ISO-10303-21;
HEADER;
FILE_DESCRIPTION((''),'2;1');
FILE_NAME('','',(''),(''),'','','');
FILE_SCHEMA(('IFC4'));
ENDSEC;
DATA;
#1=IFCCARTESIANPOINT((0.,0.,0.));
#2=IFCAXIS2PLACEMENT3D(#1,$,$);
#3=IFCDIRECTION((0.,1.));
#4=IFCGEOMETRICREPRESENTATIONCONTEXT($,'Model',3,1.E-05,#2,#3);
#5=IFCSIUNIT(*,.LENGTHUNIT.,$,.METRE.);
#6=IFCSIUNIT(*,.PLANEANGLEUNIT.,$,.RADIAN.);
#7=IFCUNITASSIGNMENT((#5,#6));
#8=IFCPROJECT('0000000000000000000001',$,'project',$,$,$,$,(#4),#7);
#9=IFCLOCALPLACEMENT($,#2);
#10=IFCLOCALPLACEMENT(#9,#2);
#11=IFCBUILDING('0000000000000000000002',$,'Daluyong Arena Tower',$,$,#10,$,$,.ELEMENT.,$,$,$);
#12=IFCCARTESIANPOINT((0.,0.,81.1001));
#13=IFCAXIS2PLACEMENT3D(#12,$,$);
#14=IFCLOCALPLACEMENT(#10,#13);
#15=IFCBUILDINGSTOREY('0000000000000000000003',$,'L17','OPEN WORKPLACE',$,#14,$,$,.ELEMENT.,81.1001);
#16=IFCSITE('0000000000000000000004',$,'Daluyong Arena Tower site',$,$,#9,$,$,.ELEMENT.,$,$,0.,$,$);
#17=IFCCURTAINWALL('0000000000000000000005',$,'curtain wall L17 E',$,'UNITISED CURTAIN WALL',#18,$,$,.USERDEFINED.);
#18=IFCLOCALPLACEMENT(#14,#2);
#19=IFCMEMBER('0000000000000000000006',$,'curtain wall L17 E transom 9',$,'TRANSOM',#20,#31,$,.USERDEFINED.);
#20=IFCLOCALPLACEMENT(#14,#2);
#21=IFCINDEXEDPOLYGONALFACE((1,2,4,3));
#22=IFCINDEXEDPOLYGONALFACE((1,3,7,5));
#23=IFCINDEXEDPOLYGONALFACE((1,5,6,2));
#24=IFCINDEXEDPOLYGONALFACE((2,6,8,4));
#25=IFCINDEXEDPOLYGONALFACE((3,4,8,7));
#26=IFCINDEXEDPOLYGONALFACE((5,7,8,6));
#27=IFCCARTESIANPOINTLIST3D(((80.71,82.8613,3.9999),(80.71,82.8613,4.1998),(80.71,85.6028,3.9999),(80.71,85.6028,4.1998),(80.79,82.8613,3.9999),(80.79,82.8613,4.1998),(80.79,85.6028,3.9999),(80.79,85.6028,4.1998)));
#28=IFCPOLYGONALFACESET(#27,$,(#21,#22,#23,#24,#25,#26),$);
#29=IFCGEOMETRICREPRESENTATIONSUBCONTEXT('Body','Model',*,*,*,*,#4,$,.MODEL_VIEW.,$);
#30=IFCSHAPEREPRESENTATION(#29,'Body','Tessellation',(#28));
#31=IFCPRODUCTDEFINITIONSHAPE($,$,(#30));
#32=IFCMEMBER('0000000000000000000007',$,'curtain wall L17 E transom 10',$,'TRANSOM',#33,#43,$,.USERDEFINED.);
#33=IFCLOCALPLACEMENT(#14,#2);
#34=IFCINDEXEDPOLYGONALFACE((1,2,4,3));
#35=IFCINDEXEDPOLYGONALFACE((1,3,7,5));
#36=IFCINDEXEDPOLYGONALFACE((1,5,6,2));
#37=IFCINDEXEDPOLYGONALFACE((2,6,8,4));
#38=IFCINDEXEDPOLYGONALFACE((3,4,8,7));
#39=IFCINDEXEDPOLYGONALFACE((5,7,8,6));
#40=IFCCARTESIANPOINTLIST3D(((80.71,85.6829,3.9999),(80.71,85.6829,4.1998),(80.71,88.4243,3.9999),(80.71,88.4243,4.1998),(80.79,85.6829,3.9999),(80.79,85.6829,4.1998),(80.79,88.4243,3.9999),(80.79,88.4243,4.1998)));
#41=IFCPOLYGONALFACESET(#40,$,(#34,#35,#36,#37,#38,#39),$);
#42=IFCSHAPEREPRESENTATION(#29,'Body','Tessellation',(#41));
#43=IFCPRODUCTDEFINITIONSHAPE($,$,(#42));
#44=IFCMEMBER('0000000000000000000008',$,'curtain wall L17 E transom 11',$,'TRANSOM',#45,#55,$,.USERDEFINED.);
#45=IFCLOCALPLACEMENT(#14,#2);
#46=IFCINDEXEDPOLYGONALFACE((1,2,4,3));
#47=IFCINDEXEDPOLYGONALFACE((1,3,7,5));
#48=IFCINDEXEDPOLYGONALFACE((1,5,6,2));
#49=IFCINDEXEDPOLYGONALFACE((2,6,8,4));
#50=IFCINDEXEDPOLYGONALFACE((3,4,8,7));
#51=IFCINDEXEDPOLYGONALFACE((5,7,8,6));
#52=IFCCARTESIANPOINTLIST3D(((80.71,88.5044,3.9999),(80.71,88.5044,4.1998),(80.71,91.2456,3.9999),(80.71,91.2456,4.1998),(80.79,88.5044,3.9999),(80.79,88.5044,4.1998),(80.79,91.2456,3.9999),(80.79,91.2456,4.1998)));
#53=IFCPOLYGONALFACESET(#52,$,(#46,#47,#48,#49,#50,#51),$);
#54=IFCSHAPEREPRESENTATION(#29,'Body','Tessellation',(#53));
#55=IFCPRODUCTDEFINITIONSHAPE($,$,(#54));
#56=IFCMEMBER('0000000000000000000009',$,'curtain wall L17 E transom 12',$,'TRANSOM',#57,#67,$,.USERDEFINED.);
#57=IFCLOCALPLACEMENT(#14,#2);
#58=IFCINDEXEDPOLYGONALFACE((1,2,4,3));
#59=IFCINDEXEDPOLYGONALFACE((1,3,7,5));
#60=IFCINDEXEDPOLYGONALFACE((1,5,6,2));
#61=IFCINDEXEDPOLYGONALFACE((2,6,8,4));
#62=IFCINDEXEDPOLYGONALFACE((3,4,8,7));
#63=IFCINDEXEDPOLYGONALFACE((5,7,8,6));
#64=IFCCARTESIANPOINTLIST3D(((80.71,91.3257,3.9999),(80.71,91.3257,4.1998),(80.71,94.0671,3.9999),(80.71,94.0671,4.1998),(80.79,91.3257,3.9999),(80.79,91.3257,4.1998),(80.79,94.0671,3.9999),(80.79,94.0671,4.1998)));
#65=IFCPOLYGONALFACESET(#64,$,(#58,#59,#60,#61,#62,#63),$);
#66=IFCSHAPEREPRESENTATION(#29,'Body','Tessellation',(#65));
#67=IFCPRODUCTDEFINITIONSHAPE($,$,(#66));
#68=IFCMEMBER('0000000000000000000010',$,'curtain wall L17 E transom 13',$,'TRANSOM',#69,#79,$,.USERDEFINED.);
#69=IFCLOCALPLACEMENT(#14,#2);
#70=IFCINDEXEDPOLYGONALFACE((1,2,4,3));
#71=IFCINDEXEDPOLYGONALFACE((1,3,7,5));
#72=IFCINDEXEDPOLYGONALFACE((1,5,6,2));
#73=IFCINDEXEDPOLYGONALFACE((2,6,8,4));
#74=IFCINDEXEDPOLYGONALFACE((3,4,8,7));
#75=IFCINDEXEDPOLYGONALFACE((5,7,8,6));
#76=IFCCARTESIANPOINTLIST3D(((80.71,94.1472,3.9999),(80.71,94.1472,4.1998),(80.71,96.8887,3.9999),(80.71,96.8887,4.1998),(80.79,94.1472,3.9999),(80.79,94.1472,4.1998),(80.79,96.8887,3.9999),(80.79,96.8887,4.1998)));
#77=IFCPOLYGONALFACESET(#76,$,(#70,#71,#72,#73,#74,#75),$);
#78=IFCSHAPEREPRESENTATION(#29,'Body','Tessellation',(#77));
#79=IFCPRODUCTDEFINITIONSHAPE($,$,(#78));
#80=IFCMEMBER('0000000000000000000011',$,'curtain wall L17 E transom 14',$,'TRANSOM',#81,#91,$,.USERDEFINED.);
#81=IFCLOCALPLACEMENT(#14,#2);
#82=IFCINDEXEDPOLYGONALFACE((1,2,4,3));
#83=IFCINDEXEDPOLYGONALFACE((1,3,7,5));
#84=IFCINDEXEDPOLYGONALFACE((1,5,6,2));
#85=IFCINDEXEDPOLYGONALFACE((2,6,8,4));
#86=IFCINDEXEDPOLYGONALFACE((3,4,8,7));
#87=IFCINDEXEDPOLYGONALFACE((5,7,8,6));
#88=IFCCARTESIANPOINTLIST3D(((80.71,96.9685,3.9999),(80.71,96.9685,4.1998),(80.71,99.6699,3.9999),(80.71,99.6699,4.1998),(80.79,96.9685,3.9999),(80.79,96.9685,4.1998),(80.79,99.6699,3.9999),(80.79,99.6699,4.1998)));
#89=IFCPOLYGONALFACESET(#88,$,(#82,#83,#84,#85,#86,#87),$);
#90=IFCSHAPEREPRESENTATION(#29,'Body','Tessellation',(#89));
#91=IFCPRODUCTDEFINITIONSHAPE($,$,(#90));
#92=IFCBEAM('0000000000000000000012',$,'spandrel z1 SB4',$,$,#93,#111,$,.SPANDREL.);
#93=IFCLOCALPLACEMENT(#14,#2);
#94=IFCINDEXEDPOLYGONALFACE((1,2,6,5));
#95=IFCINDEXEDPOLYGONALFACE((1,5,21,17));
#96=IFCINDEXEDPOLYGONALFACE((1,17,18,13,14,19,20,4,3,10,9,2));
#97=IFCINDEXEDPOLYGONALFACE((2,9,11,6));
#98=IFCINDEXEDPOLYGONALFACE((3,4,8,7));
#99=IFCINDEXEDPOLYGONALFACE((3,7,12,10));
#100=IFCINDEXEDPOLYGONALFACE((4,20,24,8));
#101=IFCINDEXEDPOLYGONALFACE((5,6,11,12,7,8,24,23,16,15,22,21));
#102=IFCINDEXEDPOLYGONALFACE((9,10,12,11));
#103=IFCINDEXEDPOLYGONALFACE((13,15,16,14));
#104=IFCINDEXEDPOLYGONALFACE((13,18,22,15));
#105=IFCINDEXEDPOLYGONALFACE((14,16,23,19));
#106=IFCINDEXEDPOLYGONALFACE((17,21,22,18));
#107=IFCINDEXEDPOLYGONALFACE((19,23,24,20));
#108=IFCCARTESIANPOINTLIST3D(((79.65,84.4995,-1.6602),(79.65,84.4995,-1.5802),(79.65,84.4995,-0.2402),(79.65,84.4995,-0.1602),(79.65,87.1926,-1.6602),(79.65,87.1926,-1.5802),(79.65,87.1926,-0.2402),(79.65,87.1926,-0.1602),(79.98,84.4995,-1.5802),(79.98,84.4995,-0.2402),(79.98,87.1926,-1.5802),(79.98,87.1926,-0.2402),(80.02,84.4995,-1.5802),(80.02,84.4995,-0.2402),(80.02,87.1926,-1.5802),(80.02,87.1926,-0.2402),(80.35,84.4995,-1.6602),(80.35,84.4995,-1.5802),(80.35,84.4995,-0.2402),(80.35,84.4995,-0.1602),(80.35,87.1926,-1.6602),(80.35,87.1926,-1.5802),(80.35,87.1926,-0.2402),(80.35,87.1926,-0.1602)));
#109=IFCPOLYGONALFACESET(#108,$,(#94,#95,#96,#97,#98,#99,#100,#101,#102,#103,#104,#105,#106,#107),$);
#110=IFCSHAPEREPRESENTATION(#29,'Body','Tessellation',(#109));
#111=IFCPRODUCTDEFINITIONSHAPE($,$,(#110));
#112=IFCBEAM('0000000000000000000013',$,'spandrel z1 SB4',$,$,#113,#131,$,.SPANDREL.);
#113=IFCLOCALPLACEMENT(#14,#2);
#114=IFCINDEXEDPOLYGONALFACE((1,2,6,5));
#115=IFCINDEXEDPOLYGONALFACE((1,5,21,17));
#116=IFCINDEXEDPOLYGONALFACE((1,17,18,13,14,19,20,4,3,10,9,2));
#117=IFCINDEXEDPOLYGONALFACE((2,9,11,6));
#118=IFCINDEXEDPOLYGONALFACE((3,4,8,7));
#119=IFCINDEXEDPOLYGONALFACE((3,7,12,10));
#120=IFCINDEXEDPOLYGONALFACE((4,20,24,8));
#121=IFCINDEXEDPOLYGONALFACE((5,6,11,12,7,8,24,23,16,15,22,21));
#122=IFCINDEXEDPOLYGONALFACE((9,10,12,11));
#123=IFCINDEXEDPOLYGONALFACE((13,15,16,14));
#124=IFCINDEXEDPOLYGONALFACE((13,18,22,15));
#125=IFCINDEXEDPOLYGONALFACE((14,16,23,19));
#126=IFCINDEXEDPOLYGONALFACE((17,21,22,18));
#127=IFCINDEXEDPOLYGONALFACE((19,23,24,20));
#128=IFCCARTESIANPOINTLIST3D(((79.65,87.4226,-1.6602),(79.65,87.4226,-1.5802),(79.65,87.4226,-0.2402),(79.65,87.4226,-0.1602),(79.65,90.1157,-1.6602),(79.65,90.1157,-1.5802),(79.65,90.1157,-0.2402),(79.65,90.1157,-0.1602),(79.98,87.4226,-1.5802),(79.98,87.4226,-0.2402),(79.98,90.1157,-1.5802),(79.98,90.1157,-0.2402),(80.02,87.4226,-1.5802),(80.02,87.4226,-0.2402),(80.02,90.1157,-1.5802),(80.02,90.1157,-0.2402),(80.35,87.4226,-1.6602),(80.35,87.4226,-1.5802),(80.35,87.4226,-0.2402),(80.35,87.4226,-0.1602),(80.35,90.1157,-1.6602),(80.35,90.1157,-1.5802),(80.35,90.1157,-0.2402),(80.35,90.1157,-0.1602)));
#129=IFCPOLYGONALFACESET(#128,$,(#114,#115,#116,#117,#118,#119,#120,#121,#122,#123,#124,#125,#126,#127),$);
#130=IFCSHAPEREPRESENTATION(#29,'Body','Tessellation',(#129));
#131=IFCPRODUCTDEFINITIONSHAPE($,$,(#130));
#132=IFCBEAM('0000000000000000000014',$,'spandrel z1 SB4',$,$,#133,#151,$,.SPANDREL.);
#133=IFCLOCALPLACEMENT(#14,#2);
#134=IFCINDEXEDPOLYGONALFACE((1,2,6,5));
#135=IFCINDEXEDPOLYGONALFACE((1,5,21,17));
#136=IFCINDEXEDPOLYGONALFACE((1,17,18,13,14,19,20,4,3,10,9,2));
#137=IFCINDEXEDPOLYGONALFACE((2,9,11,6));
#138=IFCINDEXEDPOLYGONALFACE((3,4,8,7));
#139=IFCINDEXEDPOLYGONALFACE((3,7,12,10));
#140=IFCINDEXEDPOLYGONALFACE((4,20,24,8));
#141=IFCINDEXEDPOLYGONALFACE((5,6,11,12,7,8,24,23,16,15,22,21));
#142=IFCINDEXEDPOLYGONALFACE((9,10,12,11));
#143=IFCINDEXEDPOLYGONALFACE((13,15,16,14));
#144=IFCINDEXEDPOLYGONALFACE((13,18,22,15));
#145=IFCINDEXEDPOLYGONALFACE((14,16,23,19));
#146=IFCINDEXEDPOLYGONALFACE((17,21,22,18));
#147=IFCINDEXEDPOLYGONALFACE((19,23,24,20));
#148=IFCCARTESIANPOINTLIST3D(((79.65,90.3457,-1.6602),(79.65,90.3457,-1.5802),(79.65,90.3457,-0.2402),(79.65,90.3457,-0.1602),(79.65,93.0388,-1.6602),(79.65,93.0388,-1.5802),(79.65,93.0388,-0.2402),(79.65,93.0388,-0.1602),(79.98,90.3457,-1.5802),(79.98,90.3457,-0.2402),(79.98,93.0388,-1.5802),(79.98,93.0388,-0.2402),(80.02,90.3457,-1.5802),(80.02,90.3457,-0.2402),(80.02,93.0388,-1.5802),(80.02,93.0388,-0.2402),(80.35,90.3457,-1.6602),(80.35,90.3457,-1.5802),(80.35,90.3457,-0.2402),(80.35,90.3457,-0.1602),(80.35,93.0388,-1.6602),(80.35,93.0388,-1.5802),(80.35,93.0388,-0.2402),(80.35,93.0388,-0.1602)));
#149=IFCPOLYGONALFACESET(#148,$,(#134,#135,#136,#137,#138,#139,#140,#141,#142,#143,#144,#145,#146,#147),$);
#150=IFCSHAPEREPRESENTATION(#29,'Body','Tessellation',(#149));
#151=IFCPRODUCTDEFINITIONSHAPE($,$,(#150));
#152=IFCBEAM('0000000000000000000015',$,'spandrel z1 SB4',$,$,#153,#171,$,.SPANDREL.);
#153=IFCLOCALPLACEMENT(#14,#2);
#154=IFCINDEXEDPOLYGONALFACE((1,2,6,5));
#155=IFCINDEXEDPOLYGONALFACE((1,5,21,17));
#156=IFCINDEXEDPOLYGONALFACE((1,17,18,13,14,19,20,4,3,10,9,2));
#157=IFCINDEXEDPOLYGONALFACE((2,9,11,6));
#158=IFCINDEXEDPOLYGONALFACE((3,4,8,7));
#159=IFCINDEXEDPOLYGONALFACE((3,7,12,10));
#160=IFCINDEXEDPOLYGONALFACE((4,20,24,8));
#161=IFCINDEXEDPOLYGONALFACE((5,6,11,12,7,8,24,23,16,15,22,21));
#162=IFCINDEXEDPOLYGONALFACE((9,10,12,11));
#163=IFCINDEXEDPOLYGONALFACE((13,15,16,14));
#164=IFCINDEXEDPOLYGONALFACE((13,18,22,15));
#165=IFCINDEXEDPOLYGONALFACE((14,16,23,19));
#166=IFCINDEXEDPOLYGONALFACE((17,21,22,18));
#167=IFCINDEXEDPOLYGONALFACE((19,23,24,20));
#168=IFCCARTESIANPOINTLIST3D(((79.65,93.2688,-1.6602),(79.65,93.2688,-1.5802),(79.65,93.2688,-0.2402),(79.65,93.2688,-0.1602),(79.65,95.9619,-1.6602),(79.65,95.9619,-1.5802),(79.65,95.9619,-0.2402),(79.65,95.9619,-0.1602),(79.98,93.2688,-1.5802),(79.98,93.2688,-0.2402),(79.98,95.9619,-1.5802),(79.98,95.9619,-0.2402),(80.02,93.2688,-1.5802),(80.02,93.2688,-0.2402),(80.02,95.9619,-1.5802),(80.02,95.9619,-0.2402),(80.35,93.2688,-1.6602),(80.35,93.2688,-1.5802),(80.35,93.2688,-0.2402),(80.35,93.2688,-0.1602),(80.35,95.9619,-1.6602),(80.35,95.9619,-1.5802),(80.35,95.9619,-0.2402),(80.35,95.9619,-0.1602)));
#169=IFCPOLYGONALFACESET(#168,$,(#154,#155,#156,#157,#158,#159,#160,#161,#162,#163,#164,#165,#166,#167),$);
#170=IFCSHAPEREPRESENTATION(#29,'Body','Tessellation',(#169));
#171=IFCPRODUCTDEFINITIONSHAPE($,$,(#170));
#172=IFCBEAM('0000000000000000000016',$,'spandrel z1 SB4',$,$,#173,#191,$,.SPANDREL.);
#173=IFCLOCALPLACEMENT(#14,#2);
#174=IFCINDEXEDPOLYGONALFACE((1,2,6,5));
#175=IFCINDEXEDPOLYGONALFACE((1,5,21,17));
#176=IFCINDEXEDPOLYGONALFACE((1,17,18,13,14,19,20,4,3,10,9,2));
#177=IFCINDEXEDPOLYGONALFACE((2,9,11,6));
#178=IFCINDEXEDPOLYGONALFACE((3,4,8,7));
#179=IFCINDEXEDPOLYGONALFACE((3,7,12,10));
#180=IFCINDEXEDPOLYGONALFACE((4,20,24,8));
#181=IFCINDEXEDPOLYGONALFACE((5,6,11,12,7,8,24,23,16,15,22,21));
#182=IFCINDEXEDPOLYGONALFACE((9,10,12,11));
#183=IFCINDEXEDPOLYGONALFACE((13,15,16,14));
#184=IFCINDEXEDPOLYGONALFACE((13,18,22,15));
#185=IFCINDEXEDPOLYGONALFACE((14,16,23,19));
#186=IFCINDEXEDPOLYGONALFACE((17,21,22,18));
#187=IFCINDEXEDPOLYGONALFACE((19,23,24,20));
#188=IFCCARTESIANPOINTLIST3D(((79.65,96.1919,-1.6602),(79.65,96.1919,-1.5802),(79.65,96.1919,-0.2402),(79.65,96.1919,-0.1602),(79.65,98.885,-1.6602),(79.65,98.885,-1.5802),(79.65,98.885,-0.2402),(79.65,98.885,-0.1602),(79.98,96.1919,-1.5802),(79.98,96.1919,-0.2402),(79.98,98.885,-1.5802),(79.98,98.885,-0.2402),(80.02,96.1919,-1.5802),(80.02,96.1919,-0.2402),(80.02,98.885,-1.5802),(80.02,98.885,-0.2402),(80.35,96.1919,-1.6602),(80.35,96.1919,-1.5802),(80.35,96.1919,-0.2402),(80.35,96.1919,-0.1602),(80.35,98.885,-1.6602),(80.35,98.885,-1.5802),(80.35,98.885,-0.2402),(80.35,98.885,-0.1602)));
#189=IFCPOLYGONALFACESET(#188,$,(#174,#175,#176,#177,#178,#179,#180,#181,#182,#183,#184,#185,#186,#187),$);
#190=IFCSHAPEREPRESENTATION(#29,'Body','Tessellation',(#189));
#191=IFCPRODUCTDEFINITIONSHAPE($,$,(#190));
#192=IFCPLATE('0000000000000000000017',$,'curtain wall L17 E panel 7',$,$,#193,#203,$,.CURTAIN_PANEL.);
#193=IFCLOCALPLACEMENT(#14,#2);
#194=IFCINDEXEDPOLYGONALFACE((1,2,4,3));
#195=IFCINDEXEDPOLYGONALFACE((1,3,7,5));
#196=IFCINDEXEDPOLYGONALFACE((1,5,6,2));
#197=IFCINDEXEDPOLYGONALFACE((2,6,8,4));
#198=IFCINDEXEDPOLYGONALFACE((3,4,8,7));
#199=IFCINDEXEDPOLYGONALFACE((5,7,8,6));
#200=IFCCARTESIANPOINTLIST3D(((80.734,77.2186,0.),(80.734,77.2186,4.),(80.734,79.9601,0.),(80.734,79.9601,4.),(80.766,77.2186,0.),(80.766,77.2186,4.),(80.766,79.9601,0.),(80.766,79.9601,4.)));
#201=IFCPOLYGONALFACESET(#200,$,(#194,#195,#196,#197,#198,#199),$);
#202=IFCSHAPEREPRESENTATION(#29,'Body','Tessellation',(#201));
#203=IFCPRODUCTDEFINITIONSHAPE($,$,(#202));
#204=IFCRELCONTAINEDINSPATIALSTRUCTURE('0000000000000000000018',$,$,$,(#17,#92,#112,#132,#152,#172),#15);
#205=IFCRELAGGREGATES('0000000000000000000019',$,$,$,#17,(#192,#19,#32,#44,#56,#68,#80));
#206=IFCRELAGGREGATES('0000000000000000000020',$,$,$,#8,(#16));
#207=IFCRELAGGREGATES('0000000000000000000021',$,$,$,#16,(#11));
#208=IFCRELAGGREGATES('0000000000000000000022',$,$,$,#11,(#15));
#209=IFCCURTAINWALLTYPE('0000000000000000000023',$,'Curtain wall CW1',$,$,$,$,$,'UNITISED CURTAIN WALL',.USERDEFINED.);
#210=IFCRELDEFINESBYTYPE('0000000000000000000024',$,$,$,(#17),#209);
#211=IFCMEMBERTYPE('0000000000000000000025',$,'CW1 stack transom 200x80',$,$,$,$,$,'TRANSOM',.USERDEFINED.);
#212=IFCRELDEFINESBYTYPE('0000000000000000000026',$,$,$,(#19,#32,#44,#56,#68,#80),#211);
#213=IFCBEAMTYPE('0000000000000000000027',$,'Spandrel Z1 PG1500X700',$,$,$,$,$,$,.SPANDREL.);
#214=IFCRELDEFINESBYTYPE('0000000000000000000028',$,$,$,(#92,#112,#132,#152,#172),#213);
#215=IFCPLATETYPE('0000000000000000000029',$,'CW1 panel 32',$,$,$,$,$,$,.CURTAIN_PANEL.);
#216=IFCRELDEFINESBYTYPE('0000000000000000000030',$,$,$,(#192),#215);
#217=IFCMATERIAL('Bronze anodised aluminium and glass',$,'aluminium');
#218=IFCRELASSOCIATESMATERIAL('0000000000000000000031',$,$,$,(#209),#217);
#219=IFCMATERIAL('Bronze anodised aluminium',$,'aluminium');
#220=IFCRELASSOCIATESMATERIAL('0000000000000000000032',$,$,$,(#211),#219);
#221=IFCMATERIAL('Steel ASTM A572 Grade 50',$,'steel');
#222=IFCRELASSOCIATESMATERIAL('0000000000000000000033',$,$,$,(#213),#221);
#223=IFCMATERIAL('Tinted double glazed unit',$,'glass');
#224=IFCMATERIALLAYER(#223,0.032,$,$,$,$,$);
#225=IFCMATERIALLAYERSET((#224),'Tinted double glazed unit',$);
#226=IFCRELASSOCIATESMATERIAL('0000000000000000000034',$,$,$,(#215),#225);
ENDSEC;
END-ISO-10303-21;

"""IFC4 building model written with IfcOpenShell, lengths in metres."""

from ifc_helpers import new_model, si_unit, direction, frame, origin, origin_2d, place, context, subcontext, project, spatial, rectangle, i_section, extrude, material, layer, layer_set, material_profile, profile_set, type_object, element, aggregate, save


model = new_model("IFC4")

# Units and contexts
model_context = context("Model", 3, precision=1e-05, world=origin(), true_north=direction((0.0, 1.0)))
body_context = subcontext(model_context, "Body", "Model", "MODEL_VIEW")
ifc_project = project(units=[si_unit("LENGTHUNIT", "METRE"), si_unit("PLANEANGLEUNIT", "RADIAN")], contexts=[model_context])

# Site, building, storey
site_placement = place(None, origin())
site = spatial("IfcSite", under=ifc_project, at=site_placement, Name="Daluyong Arena Tower site", CompositionType="ELEMENT", RefElevation=0.0)
building_placement = place(site_placement, origin())
building = spatial("IfcBuilding", under=site, at=building_placement, Name="Daluyong Arena Tower", CompositionType="ELEMENT")
storey_placement = place(building_placement, frame((0.0, 0.0, 81.1001)))
storey = spatial("IfcBuildingStorey", under=building, at=storey_placement, Name="L17", Description="OPEN WORKPLACE", CompositionType="ELEMENT", Elevation=81.1001)

# Curtain wall, members
ifc_material_1 = material(Name="Bronze anodised aluminium and glass", Category="aluminium")
curtain_wall_type = type_object("IfcCurtainWallType", Name="Curtain wall CW1", ElementType="UNITISED CURTAIN WALL", PredefinedType="USERDEFINED", material=ifc_material_1)
curtain_wall_placement = place(storey_placement, origin())
curtain_wall = element("IfcCurtainWall", 1, at=curtain_wall_placement, inside=storey, type_object=curtain_wall_type, Name="curtain wall L17 E", ObjectType="UNITISED CURTAIN WALL", PredefinedType="USERDEFINED")
ifc_material_2 = material(Name="Bronze anodised aluminium", Category="aluminium")
ifc_material_profile_1 = material_profile(ifc_material_2, rectangle(XDim=0.0801, YDim=0.2, at=origin_2d()))
ifc_profile_set_1 = profile_set([ifc_material_profile_1], Name="Bronze anodised aluminium")
member_type_1 = type_object("IfcMemberType", Name="CW1 stack transom 200x80", ElementType="TRANSOM", PredefinedType="USERDEFINED", material=ifc_profile_set_1)
member_1_placement = place(storey_placement, frame((80.75, 82.8613, 4.0999), z_axis=(0.0, 1.0, 0.0), x_axis=(-1.0, 0.0, 0.0)))
member_1 = element("IfcMember", 2, at=member_1_placement, type_object=member_type_1, Name="curtain wall L17 E transom 9", ObjectType="TRANSOM", PredefinedType="USERDEFINED", context=body_context, shape_type="SweptSolid", body=[
    extrude(rectangle(XDim=0.0801, YDim=0.2, at=origin_2d()), origin(), (0.0, 0.0, 1.0), 2.7415),
])
member_2_placement = place(storey_placement, frame((80.75, 85.6829, 4.0999), z_axis=(0.0, 1.0, 0.0), x_axis=(-1.0, 0.0, 0.0)))
member_2 = element("IfcMember", 3, at=member_2_placement, type_object=member_type_1, Name="curtain wall L17 E transom 10", ObjectType="TRANSOM", PredefinedType="USERDEFINED", context=body_context, shape_type="SweptSolid", body=[
    extrude(rectangle(XDim=0.0801, YDim=0.2, at=origin_2d()), origin(), (0.0, 0.0, 1.0), 2.7415),
])
member_3_placement = place(storey_placement, frame((80.75, 88.5044, 4.0999), z_axis=(0.0, 1.0, 0.0), x_axis=(-1.0, 0.0, 0.0)))
member_3 = element("IfcMember", 4, at=member_3_placement, type_object=member_type_1, Name="curtain wall L17 E transom 11", ObjectType="TRANSOM", PredefinedType="USERDEFINED", context=body_context, shape_type="SweptSolid", body=[
    extrude(rectangle(XDim=0.0801, YDim=0.2, at=origin_2d()), origin(), (0.0, 0.0, 1.0), 2.7412),
])
member_4_placement = place(storey_placement, frame((80.75, 91.3257, 4.0999), z_axis=(0.0, 1.0, 0.0), x_axis=(-1.0, 0.0, 0.0)))
member_4 = element("IfcMember", 5, at=member_4_placement, type_object=member_type_1, Name="curtain wall L17 E transom 12", ObjectType="TRANSOM", PredefinedType="USERDEFINED", context=body_context, shape_type="SweptSolid", body=[
    extrude(rectangle(XDim=0.0801, YDim=0.2, at=origin_2d()), origin(), (0.0, 0.0, 1.0), 2.7415),
])
member_5_placement = place(storey_placement, frame((80.75, 94.1472, 4.0999), z_axis=(0.0, 1.0, 0.0), x_axis=(-1.0, 0.0, 0.0)))
member_5 = element("IfcMember", 6, at=member_5_placement, type_object=member_type_1, Name="curtain wall L17 E transom 13", ObjectType="TRANSOM", PredefinedType="USERDEFINED", context=body_context, shape_type="SweptSolid", body=[
    extrude(rectangle(XDim=0.0801, YDim=0.2, at=origin_2d()), origin(), (0.0, 0.0, 1.0), 2.7415),
])
member_6_placement = place(storey_placement, frame((80.75, 96.9685, 4.0999), z_axis=(0.0, 1.0, 0.0), x_axis=(-1.0, 0.0, 0.0)))
member_6 = element("IfcMember", 7, at=member_6_placement, type_object=member_type_1, Name="curtain wall L17 E transom 14", ObjectType="TRANSOM", PredefinedType="USERDEFINED", context=body_context, shape_type="SweptSolid", body=[
    extrude(rectangle(XDim=0.0801, YDim=0.2, at=origin_2d()), origin(), (0.0, 0.0, 1.0), 2.7014),
])

# Beams
ifc_material_3 = material(Name="Steel ASTM A572 Grade 50", Category="steel")
ifc_material_profile_2 = material_profile(ifc_material_3, i_section(OverallWidth=0.7, OverallDepth=1.5, WebThickness=0.04, FlangeThickness=0.08, at=origin_2d()))
ifc_profile_set_2 = profile_set([ifc_material_profile_2], Name="Steel ASTM A572 Grade 50")
beam_type = type_object("IfcBeamType", Name="Spandrel Z1 PG1500X700", PredefinedType="SPANDREL", material=ifc_profile_set_2)
for number, where, z_axis, x_axis, name in (
    (8, (80.0, 84.4995, -0.9102), (0.0, 1.0, 0.0), (-1.0, 0.0, 0.0), "spandrel z1 SB4"),
    (9, (80.0, 87.4226, -0.9102), (0.0, 1.0, 0.0), (-1.0, 0.0, 0.0), "spandrel z1 SB4"),
    (10, (80.0, 90.3457, -0.9102), (0.0, 1.0, 0.0), (-1.0, 0.0, 0.0), "spandrel z1 SB4"),
    (11, (80.0, 93.2688, -0.9102), (0.0, 1.0, 0.0), (-1.0, 0.0, 0.0), "spandrel z1 SB4"),
    (12, (80.0, 96.1919, -0.9102), (0.0, 1.0, 0.0), (-1.0, 0.0, 0.0), "spandrel z1 SB4"),
):
    element("IfcBeam", number, at=place(storey_placement, frame(where, z_axis=z_axis, x_axis=x_axis)), inside=storey, type_object=beam_type, Name=name, PredefinedType="SPANDREL", context=body_context, shape_type="SweptSolid", body=[
        extrude(i_section(OverallWidth=0.7, OverallDepth=1.5, WebThickness=0.04, FlangeThickness=0.08, at=origin_2d()), origin(), (0.0, 0.0, 1.0), 2.6931),
    ])

# Plate
ifc_material_4 = material(Name="Tinted double glazed unit", Category="glass")
ifc_layer = layer(ifc_material_4, 0.032)
ifc_layer_set = layer_set([ifc_layer], Name="Tinted double glazed unit")
plate_type = type_object("IfcPlateType", Name="CW1 panel 32", PredefinedType="CURTAIN_PANEL", material=ifc_layer_set)
plate_1_placement = place(storey_placement, frame((80.75, 78.5894, 0.0), z_axis=(0.0, 0.0, 1.0), x_axis=(0.0, 1.0, 0.0)))
plate_1 = element("IfcPlate", 13, at=plate_1_placement, type_object=plate_type, Name="curtain wall L17 E panel 7", PredefinedType="CURTAIN_PANEL", context=body_context, shape_type="SweptSolid", body=[
    extrude(rectangle(XDim=2.7415, YDim=0.032, at=origin_2d()), origin(), (0.0, 0.0, 1.0), 4.0),
])
aggregate(curtain_wall, [plate_1, member_1, member_2, member_3, member_4, member_5, member_6])

save(model, "model.ifc")
